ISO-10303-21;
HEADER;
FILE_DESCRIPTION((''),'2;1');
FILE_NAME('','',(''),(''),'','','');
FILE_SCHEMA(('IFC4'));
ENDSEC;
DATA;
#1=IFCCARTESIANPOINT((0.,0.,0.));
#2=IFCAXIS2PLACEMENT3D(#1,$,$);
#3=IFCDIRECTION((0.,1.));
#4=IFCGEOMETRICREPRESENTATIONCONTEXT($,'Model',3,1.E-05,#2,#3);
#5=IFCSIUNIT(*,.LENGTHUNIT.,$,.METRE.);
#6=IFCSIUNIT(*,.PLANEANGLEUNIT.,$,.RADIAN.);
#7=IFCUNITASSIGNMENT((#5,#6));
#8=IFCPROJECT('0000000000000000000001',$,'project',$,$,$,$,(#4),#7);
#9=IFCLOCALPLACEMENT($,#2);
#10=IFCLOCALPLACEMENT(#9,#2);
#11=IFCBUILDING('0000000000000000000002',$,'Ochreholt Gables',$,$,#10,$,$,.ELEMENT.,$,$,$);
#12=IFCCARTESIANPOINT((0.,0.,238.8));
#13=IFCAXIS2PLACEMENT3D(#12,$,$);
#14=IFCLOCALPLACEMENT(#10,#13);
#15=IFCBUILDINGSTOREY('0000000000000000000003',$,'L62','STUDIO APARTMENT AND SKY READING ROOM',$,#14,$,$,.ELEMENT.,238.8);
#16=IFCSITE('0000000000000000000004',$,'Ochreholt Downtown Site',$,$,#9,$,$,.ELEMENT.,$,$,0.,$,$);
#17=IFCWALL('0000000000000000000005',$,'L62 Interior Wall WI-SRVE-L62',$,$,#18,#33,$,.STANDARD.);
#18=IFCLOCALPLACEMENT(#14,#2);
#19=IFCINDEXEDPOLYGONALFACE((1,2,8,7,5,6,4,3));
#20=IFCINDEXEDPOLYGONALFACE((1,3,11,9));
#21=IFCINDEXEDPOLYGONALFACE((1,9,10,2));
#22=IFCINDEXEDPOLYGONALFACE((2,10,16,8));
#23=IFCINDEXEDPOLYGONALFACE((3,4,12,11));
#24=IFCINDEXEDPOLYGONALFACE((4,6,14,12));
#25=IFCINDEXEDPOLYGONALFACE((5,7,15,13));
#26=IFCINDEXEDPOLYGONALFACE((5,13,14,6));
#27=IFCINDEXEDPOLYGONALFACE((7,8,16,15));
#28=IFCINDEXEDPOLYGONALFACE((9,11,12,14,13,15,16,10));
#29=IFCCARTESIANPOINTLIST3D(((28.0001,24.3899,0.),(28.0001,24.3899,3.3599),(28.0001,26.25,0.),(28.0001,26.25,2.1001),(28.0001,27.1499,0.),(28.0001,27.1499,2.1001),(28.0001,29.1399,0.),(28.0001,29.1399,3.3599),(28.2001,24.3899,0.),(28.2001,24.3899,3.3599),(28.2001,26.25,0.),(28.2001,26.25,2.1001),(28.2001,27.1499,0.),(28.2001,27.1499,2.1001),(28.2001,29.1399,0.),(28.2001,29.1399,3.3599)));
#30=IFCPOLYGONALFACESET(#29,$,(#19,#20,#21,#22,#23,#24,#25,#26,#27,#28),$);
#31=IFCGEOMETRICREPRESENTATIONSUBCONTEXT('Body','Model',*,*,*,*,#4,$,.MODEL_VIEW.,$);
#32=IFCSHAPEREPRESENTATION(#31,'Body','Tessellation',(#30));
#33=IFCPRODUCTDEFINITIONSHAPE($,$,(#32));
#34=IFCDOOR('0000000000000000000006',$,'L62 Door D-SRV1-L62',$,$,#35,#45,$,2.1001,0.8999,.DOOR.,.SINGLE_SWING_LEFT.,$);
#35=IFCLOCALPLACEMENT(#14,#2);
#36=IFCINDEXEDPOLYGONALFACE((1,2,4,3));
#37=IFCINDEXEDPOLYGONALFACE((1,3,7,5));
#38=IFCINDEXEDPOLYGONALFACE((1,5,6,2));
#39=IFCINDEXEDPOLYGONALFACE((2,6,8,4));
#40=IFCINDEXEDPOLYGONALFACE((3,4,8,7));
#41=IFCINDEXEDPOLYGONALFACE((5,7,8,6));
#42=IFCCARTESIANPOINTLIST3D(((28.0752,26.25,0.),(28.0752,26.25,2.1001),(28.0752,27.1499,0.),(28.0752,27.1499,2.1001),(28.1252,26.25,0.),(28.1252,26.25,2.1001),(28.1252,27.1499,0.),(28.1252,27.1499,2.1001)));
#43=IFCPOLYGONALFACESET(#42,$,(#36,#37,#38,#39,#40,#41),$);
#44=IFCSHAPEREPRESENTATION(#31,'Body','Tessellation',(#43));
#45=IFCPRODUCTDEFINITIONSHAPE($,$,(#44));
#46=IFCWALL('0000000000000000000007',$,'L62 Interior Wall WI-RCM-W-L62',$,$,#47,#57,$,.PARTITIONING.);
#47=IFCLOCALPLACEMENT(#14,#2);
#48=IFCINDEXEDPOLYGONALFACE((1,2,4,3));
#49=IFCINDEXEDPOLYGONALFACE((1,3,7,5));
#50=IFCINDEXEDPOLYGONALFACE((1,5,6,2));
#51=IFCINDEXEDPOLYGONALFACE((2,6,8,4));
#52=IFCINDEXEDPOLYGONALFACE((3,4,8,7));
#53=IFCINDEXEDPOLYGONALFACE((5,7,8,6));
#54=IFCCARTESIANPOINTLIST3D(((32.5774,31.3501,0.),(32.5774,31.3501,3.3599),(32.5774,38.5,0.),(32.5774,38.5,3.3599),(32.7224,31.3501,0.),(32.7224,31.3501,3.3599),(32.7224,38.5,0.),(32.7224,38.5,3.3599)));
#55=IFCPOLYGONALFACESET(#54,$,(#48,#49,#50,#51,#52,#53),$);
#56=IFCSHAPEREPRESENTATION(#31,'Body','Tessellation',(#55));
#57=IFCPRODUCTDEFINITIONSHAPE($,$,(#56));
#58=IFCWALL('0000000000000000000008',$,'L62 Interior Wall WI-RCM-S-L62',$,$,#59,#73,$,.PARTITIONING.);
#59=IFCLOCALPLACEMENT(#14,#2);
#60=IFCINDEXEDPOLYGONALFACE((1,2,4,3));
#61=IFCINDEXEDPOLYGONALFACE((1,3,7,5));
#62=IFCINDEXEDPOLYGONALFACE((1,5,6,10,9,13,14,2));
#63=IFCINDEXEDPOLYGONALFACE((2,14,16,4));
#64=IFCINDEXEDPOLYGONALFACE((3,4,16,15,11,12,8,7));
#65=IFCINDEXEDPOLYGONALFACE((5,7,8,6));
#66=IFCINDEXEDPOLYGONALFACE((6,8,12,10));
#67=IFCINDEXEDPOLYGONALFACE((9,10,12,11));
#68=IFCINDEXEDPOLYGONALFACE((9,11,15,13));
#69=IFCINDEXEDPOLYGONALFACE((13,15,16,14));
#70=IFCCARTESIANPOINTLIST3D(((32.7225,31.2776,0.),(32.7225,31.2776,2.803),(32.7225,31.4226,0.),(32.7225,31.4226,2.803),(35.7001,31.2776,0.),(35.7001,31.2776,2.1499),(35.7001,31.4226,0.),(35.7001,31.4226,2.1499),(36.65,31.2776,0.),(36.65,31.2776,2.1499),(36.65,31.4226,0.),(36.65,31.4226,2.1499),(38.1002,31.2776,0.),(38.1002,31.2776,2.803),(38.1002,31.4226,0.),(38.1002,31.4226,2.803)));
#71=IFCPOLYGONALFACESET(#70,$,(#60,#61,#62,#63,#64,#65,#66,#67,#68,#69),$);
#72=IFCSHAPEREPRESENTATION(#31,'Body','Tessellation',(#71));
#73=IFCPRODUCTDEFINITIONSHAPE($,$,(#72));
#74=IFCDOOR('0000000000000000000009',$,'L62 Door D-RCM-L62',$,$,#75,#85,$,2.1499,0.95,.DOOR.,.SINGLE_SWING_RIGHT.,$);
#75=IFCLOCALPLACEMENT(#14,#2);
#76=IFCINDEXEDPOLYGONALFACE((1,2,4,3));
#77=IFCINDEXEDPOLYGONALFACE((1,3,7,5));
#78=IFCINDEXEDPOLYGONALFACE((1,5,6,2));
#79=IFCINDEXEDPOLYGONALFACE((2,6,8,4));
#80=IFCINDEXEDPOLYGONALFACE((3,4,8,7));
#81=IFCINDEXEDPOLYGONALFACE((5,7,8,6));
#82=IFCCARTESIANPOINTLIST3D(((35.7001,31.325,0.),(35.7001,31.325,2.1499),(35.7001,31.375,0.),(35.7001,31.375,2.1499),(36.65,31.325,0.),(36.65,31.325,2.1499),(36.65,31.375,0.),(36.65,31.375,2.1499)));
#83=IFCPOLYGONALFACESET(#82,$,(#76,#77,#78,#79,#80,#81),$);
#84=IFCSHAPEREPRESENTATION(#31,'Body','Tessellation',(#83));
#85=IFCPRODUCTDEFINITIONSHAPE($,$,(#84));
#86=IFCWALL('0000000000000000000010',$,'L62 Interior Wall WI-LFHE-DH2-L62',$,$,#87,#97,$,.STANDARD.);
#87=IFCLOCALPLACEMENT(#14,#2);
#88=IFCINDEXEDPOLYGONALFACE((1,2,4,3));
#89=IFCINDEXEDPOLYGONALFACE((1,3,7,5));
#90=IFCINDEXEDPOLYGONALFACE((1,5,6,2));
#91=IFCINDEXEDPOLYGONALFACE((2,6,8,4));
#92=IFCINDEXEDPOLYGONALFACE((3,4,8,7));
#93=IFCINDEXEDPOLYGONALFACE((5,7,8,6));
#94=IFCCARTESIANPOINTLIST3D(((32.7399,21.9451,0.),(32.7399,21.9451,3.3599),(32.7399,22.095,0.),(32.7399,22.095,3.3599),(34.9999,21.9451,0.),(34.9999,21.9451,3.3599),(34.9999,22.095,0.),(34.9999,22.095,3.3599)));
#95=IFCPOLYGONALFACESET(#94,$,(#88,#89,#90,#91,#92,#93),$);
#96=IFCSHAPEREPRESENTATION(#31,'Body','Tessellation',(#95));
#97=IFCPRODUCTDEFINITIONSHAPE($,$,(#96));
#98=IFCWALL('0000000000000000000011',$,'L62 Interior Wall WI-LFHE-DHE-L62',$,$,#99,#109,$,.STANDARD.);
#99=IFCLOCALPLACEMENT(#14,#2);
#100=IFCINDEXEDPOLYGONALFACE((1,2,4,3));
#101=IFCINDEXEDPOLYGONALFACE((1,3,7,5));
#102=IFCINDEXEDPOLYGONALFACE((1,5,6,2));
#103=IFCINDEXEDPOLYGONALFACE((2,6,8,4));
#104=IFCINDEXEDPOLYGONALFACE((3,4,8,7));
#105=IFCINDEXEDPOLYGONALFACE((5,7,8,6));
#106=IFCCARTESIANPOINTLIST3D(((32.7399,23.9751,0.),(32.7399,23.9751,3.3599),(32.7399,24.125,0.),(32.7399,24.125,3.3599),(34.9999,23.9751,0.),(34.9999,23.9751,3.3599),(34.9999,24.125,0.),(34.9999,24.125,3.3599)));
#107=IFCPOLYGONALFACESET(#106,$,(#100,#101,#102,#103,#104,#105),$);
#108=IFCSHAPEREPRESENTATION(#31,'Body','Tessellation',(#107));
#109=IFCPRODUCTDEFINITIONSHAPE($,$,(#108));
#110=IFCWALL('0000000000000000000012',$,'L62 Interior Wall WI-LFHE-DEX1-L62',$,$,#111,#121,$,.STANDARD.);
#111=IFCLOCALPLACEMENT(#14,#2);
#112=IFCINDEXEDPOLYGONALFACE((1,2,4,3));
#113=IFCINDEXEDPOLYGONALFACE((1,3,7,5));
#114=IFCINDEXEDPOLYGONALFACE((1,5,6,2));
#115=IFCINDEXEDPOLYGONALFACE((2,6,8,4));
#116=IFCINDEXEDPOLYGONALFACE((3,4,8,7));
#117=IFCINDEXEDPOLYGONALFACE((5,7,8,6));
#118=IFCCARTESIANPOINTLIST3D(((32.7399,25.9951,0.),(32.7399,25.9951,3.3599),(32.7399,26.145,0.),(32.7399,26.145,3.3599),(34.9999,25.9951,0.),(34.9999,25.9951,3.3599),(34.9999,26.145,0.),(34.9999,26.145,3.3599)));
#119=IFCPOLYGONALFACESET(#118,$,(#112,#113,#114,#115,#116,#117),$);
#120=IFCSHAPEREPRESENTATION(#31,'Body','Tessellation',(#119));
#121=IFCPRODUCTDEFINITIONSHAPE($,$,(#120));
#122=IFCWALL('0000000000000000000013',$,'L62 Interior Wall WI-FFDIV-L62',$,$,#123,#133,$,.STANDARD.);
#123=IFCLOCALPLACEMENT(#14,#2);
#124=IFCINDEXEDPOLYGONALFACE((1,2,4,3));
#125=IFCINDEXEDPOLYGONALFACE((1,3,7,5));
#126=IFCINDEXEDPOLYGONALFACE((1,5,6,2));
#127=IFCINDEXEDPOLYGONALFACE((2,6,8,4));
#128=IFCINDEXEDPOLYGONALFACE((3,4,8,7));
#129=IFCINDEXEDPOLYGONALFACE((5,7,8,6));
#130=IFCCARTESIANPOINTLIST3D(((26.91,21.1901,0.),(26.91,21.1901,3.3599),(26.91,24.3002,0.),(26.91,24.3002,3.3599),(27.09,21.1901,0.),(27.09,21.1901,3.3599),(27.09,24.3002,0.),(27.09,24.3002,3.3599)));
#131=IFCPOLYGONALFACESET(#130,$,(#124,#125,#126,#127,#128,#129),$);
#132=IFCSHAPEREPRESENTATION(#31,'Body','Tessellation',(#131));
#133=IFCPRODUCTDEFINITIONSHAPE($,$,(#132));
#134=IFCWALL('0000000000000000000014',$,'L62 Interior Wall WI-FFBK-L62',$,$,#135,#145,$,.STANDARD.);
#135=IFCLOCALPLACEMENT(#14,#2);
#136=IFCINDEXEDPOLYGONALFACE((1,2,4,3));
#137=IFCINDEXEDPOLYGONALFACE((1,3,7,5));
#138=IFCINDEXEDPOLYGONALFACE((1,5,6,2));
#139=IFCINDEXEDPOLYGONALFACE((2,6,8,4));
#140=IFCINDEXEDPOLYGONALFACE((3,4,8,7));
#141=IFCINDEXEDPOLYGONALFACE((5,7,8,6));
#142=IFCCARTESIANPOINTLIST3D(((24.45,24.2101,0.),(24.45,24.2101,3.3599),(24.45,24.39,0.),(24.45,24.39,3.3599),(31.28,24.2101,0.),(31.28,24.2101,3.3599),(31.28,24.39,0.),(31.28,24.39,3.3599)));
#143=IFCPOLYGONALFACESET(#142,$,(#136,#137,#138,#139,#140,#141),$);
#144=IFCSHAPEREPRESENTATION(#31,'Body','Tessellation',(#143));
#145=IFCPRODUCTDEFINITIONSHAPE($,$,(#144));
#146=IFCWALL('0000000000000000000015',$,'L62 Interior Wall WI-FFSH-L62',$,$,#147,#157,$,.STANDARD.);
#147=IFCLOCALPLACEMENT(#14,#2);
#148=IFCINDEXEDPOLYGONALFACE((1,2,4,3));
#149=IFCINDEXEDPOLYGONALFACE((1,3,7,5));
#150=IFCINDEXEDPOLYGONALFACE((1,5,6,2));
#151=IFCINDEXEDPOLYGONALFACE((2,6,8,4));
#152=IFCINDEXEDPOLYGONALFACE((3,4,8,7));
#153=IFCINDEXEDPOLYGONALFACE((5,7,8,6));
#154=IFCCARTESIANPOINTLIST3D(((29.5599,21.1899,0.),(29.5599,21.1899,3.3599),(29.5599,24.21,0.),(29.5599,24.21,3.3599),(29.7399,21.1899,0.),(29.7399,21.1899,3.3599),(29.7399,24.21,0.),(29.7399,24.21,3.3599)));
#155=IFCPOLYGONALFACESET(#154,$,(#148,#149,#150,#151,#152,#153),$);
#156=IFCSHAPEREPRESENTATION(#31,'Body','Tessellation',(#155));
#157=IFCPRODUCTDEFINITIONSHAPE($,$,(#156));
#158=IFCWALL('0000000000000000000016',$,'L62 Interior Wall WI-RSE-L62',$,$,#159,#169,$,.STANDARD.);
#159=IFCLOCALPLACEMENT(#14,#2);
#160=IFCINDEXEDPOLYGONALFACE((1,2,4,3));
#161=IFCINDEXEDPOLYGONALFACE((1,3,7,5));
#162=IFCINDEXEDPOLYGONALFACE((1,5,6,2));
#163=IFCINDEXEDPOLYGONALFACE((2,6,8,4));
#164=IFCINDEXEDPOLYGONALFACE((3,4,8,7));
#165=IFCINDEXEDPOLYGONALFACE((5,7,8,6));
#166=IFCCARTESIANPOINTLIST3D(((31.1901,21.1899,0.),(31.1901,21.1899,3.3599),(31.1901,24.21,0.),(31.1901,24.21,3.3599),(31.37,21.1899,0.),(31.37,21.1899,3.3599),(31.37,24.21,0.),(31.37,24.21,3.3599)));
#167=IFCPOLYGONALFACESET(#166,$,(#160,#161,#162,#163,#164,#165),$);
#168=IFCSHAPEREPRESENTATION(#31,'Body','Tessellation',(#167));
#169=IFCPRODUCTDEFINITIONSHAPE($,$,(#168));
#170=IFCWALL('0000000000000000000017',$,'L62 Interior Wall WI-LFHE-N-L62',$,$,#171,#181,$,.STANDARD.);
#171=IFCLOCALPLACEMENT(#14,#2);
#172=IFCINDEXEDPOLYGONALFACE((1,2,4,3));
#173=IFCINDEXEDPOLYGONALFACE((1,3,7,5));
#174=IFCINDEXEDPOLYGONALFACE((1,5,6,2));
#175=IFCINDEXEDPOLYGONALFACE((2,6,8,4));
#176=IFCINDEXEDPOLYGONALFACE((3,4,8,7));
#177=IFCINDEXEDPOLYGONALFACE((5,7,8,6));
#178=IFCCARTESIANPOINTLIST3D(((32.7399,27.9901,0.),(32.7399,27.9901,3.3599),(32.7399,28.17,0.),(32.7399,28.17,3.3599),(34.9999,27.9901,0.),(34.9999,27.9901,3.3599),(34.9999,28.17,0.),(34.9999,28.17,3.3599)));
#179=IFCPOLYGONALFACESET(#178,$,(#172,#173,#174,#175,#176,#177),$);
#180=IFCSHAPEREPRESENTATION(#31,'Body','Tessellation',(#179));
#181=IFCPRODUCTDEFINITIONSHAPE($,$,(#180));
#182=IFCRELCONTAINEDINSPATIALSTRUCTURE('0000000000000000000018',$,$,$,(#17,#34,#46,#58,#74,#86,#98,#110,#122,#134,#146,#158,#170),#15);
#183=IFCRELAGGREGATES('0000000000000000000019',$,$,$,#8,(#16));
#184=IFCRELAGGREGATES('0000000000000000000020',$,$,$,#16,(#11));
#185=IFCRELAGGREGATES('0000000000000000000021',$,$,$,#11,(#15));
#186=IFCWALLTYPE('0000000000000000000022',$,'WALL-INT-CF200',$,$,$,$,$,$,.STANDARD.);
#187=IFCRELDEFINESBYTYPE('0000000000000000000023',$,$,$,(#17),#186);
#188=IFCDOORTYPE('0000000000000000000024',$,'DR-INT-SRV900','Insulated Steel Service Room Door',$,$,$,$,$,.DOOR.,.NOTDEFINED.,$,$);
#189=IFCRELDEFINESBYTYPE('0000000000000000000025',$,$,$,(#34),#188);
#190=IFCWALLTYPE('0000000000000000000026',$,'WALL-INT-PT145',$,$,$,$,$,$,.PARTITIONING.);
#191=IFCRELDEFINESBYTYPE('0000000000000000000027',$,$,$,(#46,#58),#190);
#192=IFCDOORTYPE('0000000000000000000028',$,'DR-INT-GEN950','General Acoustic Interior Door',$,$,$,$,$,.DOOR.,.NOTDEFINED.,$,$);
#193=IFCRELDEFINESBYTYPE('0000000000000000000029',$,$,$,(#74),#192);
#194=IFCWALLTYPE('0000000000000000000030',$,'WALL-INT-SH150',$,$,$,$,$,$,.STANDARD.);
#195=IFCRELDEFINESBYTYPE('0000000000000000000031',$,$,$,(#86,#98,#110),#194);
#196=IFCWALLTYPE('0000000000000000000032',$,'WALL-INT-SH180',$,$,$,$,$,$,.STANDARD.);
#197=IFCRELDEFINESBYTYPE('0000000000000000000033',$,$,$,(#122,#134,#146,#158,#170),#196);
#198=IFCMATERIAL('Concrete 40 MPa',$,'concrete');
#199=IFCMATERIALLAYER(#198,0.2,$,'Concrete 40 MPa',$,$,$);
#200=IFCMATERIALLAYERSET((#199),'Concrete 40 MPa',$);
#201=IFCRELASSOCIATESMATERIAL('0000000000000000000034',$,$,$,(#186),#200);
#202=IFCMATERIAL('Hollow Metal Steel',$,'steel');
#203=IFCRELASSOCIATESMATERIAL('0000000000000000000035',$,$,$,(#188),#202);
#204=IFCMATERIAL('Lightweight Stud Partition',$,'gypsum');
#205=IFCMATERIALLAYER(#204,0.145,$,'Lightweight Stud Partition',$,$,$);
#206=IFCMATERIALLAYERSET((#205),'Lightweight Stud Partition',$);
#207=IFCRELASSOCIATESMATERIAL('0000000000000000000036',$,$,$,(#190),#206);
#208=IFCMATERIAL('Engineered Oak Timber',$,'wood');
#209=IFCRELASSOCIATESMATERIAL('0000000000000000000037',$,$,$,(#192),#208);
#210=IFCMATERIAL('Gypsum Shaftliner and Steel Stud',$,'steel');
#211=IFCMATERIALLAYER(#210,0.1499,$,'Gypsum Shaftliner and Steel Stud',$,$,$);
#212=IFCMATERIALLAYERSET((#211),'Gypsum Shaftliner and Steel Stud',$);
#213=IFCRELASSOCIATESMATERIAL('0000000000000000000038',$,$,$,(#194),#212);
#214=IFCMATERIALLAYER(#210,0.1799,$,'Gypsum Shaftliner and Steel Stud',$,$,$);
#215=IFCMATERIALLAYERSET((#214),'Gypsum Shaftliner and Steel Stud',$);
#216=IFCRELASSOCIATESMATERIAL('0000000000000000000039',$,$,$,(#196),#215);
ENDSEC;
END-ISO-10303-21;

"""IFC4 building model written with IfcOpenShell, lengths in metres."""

from ifc_helpers import new_model, si_unit, direction, frame, frame_2d, origin, place, context, subcontext, project, spatial, rectangle, extrude, material, layer, layer_set, type_object, element, fill, save


model = new_model("IFC4")

# Units and contexts
model_context = context("Model", 3, precision=1e-05, world=origin(), true_north=direction((0.0, 1.0)))
body_context = subcontext(model_context, "Body", "Model", "MODEL_VIEW")
ifc_project = project(units=[si_unit("LENGTHUNIT", "METRE"), si_unit("PLANEANGLEUNIT", "RADIAN")], contexts=[model_context])

# Site, building, storey
site_placement = place(None, origin())
site = spatial("IfcSite", under=ifc_project, at=site_placement, Name="Ochreholt Downtown Site", CompositionType="ELEMENT", RefElevation=0.0)
building_placement = place(site_placement, origin())
building = spatial("IfcBuilding", under=site, at=building_placement, Name="Ochreholt Gables", CompositionType="ELEMENT")
storey_placement = place(building_placement, frame((0.0, 0.0, 238.8)))
storey = spatial("IfcBuildingStorey", under=building, at=storey_placement, Name="L62", Description="STUDIO APARTMENT AND SKY READING ROOM", CompositionType="ELEMENT", Elevation=238.8)

# Shared definitions
ifc_material_1 = material(Name="Concrete 40 MPa", Category="concrete")
ifc_layer_1 = layer(ifc_material_1, 0.2, Name="Concrete 40 MPa")
ifc_layer_set_1 = layer_set([ifc_layer_1], Name="Concrete 40 MPa")
wall_type_1 = type_object("IfcWallType", Name="WALL-INT-CF200", PredefinedType="STANDARD", material=ifc_layer_set_1)

# Wall, opening, door
wall_1_placement = place(storey_placement, frame((28.1001, 24.3899, 0.0), z_axis=(0.0, 0.0, 1.0), x_axis=(0.0, 1.0, 0.0)))
wall_1 = element("IfcWall", 1, at=wall_1_placement, inside=storey, type_object=wall_type_1, Name="L62 Interior Wall WI-SRVE-L62", PredefinedType="STANDARD", context=body_context, shape_type="SweptSolid", body=[
    extrude(rectangle(XDim=4.75, YDim=0.2, at=frame_2d((2.375, 0.0))), origin(), (0.0, 0.0, 1.0), 3.3599),
])
opening_1_placement = place(wall_1_placement, frame((1.8601, 0.0, 0.0)))
opening_1 = element("IfcOpeningElement", 2, at=opening_1_placement, cuts=wall_1, PredefinedType="OPENING", context=body_context, shape_type="SweptSolid", body=[
    extrude(rectangle(XDim=0.8999, YDim=2.1001, at=frame_2d((0.45, 1.05))), frame((0.0, 0.1099, 0.0), z_axis=(0.0, -1.0, 0.0), x_axis=(1.0, 0.0, 0.0)), (0.0, 0.0, 1.0), 0.22),
])
ifc_material_2 = material(Name="Hollow Metal Steel", Category="steel")
door_type_1 = type_object("IfcDoorType", Name="DR-INT-SRV900", Description="Insulated Steel Service Room Door", OperationType="NOTDEFINED", PredefinedType="DOOR", material=ifc_material_2)
door_1_placement = place(opening_1_placement, origin())
door_1 = element("IfcDoor", 3, at=door_1_placement, inside=storey, type_object=door_type_1, Name="L62 Door D-SRV1-L62", OperationType="SINGLE_SWING_LEFT", OverallHeight=2.1001, OverallWidth=0.8999, PredefinedType="DOOR", context=body_context, shape_type="SweptSolid", body=[
    extrude(rectangle(XDim=0.8999, YDim=2.1001, at=frame_2d((0.45, 1.05))), frame((0.0, 0.0249, 0.0), z_axis=(0.0, -1.0, 0.0), x_axis=(1.0, 0.0, 0.0)), (0.0, 0.0, 1.0), 0.05),
])
fill(opening_1, door_1)

# Wall
ifc_material_3 = material(Name="Lightweight Stud Partition", Category="gypsum")
ifc_layer_2 = layer(ifc_material_3, 0.145, Name="Lightweight Stud Partition")
ifc_layer_set_2 = layer_set([ifc_layer_2], Name="Lightweight Stud Partition")
wall_type_2 = type_object("IfcWallType", Name="WALL-INT-PT145", PredefinedType="PARTITIONING", material=ifc_layer_set_2)
wall_2_placement = place(storey_placement, frame((32.6499, 31.3501, 0.0), z_axis=(0.0, 0.0, 1.0), x_axis=(0.0, 1.0, 0.0)))
element("IfcWall", 4, at=wall_2_placement, inside=storey, type_object=wall_type_2, Name="L62 Interior Wall WI-RCM-W-L62", PredefinedType="PARTITIONING", context=body_context, shape_type="SweptSolid", body=[
    extrude(rectangle(XDim=7.1499, YDim=0.145, at=frame_2d((3.575, 0.0))), origin(), (0.0, 0.0, 1.0), 3.3599),
])

# Wall, opening, door
wall_3_placement = place(storey_placement, frame((32.7224, 31.3501, 0.0), z_axis=(0.0, 0.0, 1.0), x_axis=(1.0, 0.0, 0.0)))
wall_3 = element("IfcWall", 5, at=wall_3_placement, inside=storey, type_object=wall_type_2, Name="L62 Interior Wall WI-RCM-S-L62", PredefinedType="PARTITIONING", context=body_context, shape_type="SweptSolid", body=[
    extrude(rectangle(XDim=5.3777, YDim=0.145, at=frame_2d((2.689, 0.0))), origin(), (0.0, 0.0, 1.0), 2.803),
])
opening_2_placement = place(wall_3_placement, frame((2.9775, 0.0, 0.0)))
opening_2 = element("IfcOpeningElement", 6, at=opening_2_placement, cuts=wall_3, PredefinedType="OPENING", context=body_context, shape_type="SweptSolid", body=[
    extrude(rectangle(XDim=0.95, YDim=2.1499, at=frame_2d((0.4751, 1.075))), frame((0.0, 0.0825, 0.0), z_axis=(0.0, -1.0, 0.0), x_axis=(1.0, 0.0, 0.0)), (0.0, 0.0, 1.0), 0.165),
])
ifc_material_4 = material(Name="Engineered Oak Timber", Category="wood")
door_type_2 = type_object("IfcDoorType", Name="DR-INT-GEN950", Description="General Acoustic Interior Door", OperationType="NOTDEFINED", PredefinedType="DOOR", material=ifc_material_4)
door_2_placement = place(opening_2_placement, origin())
door_2 = element("IfcDoor", 7, at=door_2_placement, inside=storey, type_object=door_type_2, Name="L62 Door D-RCM-L62", OperationType="SINGLE_SWING_RIGHT", OverallHeight=2.1499, OverallWidth=0.95, PredefinedType="DOOR", context=body_context, shape_type="SweptSolid", body=[
    extrude(rectangle(XDim=0.95, YDim=2.1499, at=frame_2d((0.4751, 1.075))), frame((0.0, 0.0249, 0.0), z_axis=(0.0, -1.0, 0.0), x_axis=(1.0, 0.0, 0.0)), (0.0, 0.0, 1.0), 0.05),
])
fill(opening_2, door_2)

# Walls
ifc_material_5 = material(Name="Gypsum Shaftliner and Steel Stud", Category="steel")
ifc_layer_3 = layer(ifc_material_5, 0.1499, Name="Gypsum Shaftliner and Steel Stud")
ifc_layer_set_3 = layer_set([ifc_layer_3], Name="Gypsum Shaftliner and Steel Stud")
wall_type_3 = type_object("IfcWallType", Name="WALL-INT-SH150", PredefinedType="STANDARD", material=ifc_layer_set_3)
for number, where, z_axis, x_axis, name in (
    (8, (32.74, 22.02, 0.0), (0.0, 0.0, 1.0), (1.0, 0.0, 0.0), "L62 Interior Wall WI-LFHE-DH2-L62"),
    (9, (32.74, 24.05, 0.0), (0.0, 0.0, 1.0), (1.0, 0.0, 0.0), "L62 Interior Wall WI-LFHE-DHE-L62"),
    (10, (32.74, 26.0701, 0.0), (0.0, 0.0, 1.0), (1.0, 0.0, 0.0), "L62 Interior Wall WI-LFHE-DEX1-L62"),
):
    element("IfcWall", number, at=place(storey_placement, frame(where, z_axis=z_axis, x_axis=x_axis)), inside=storey, type_object=wall_type_3, Name=name, PredefinedType="STANDARD", context=body_context, shape_type="SweptSolid", body=[
        extrude(rectangle(XDim=2.26, YDim=0.1499, at=frame_2d((1.1299, 0.0))), origin(), (0.0, 0.0, 1.0), 3.3599),
    ])
ifc_layer_4 = layer(ifc_material_5, 0.1799, Name="Gypsum Shaftliner and Steel Stud")
ifc_layer_set_4 = layer_set([ifc_layer_4], Name="Gypsum Shaftliner and Steel Stud")
wall_type_4 = type_object("IfcWallType", Name="WALL-INT-SH180", PredefinedType="STANDARD", material=ifc_layer_set_4)
wall_4_placement = place(storey_placement, frame((27.0, 21.1899, 0.0), z_axis=(0.0, 0.0, 1.0), x_axis=(0.0, 1.0, 0.0)))
element("IfcWall", 11, at=wall_4_placement, inside=storey, type_object=wall_type_4, Name="L62 Interior Wall WI-FFDIV-L62", PredefinedType="STANDARD", context=body_context, shape_type="SweptSolid", body=[
    extrude(rectangle(XDim=3.1101, YDim=0.1799, at=frame_2d((1.5552, 0.0))), origin(), (0.0, 0.0, 1.0), 3.3599),
])
wall_5_placement = place(storey_placement, frame((24.45, 24.3, 0.0), z_axis=(0.0, 0.0, 1.0), x_axis=(1.0, 0.0, 0.0)))
element("IfcWall", 12, at=wall_5_placement, inside=storey, type_object=wall_type_4, Name="L62 Interior Wall WI-FFBK-L62", PredefinedType="STANDARD", context=body_context, shape_type="SweptSolid", body=[
    extrude(rectangle(XDim=6.8301, YDim=0.1799, at=frame_2d((3.415, 0.0))), origin(), (0.0, 0.0, 1.0), 3.3599),
])
for number, where, z_axis, x_axis, name in (
    (13, (29.6499, 21.1899, 0.0), (0.0, 0.0, 1.0), (0.0, 1.0, 0.0), "L62 Interior Wall WI-FFSH-L62"),
    (14, (31.28, 21.1899, 0.0), (0.0, 0.0, 1.0), (0.0, 1.0, 0.0), "L62 Interior Wall WI-RSE-L62"),
):
    element("IfcWall", number, at=place(storey_placement, frame(where, z_axis=z_axis, x_axis=x_axis)), inside=storey, type_object=wall_type_4, Name=name, PredefinedType="STANDARD", context=body_context, shape_type="SweptSolid", body=[
        extrude(rectangle(XDim=3.02, YDim=0.1799, at=frame_2d((1.51, 0.0))), origin(), (0.0, 0.0, 1.0), 3.3599),
    ])
wall_6_placement = place(storey_placement, frame((32.74, 28.0801, 0.0), z_axis=(0.0, 0.0, 1.0), x_axis=(1.0, 0.0, 0.0)))
element("IfcWall", 15, at=wall_6_placement, inside=storey, type_object=wall_type_4, Name="L62 Interior Wall WI-LFHE-N-L62", PredefinedType="STANDARD", context=body_context, shape_type="SweptSolid", body=[
    extrude(rectangle(XDim=2.26, YDim=0.1799, at=frame_2d((1.1299, 0.0))), origin(), (0.0, 0.0, 1.0), 3.3599),
])

save(model, "model.ifc")
